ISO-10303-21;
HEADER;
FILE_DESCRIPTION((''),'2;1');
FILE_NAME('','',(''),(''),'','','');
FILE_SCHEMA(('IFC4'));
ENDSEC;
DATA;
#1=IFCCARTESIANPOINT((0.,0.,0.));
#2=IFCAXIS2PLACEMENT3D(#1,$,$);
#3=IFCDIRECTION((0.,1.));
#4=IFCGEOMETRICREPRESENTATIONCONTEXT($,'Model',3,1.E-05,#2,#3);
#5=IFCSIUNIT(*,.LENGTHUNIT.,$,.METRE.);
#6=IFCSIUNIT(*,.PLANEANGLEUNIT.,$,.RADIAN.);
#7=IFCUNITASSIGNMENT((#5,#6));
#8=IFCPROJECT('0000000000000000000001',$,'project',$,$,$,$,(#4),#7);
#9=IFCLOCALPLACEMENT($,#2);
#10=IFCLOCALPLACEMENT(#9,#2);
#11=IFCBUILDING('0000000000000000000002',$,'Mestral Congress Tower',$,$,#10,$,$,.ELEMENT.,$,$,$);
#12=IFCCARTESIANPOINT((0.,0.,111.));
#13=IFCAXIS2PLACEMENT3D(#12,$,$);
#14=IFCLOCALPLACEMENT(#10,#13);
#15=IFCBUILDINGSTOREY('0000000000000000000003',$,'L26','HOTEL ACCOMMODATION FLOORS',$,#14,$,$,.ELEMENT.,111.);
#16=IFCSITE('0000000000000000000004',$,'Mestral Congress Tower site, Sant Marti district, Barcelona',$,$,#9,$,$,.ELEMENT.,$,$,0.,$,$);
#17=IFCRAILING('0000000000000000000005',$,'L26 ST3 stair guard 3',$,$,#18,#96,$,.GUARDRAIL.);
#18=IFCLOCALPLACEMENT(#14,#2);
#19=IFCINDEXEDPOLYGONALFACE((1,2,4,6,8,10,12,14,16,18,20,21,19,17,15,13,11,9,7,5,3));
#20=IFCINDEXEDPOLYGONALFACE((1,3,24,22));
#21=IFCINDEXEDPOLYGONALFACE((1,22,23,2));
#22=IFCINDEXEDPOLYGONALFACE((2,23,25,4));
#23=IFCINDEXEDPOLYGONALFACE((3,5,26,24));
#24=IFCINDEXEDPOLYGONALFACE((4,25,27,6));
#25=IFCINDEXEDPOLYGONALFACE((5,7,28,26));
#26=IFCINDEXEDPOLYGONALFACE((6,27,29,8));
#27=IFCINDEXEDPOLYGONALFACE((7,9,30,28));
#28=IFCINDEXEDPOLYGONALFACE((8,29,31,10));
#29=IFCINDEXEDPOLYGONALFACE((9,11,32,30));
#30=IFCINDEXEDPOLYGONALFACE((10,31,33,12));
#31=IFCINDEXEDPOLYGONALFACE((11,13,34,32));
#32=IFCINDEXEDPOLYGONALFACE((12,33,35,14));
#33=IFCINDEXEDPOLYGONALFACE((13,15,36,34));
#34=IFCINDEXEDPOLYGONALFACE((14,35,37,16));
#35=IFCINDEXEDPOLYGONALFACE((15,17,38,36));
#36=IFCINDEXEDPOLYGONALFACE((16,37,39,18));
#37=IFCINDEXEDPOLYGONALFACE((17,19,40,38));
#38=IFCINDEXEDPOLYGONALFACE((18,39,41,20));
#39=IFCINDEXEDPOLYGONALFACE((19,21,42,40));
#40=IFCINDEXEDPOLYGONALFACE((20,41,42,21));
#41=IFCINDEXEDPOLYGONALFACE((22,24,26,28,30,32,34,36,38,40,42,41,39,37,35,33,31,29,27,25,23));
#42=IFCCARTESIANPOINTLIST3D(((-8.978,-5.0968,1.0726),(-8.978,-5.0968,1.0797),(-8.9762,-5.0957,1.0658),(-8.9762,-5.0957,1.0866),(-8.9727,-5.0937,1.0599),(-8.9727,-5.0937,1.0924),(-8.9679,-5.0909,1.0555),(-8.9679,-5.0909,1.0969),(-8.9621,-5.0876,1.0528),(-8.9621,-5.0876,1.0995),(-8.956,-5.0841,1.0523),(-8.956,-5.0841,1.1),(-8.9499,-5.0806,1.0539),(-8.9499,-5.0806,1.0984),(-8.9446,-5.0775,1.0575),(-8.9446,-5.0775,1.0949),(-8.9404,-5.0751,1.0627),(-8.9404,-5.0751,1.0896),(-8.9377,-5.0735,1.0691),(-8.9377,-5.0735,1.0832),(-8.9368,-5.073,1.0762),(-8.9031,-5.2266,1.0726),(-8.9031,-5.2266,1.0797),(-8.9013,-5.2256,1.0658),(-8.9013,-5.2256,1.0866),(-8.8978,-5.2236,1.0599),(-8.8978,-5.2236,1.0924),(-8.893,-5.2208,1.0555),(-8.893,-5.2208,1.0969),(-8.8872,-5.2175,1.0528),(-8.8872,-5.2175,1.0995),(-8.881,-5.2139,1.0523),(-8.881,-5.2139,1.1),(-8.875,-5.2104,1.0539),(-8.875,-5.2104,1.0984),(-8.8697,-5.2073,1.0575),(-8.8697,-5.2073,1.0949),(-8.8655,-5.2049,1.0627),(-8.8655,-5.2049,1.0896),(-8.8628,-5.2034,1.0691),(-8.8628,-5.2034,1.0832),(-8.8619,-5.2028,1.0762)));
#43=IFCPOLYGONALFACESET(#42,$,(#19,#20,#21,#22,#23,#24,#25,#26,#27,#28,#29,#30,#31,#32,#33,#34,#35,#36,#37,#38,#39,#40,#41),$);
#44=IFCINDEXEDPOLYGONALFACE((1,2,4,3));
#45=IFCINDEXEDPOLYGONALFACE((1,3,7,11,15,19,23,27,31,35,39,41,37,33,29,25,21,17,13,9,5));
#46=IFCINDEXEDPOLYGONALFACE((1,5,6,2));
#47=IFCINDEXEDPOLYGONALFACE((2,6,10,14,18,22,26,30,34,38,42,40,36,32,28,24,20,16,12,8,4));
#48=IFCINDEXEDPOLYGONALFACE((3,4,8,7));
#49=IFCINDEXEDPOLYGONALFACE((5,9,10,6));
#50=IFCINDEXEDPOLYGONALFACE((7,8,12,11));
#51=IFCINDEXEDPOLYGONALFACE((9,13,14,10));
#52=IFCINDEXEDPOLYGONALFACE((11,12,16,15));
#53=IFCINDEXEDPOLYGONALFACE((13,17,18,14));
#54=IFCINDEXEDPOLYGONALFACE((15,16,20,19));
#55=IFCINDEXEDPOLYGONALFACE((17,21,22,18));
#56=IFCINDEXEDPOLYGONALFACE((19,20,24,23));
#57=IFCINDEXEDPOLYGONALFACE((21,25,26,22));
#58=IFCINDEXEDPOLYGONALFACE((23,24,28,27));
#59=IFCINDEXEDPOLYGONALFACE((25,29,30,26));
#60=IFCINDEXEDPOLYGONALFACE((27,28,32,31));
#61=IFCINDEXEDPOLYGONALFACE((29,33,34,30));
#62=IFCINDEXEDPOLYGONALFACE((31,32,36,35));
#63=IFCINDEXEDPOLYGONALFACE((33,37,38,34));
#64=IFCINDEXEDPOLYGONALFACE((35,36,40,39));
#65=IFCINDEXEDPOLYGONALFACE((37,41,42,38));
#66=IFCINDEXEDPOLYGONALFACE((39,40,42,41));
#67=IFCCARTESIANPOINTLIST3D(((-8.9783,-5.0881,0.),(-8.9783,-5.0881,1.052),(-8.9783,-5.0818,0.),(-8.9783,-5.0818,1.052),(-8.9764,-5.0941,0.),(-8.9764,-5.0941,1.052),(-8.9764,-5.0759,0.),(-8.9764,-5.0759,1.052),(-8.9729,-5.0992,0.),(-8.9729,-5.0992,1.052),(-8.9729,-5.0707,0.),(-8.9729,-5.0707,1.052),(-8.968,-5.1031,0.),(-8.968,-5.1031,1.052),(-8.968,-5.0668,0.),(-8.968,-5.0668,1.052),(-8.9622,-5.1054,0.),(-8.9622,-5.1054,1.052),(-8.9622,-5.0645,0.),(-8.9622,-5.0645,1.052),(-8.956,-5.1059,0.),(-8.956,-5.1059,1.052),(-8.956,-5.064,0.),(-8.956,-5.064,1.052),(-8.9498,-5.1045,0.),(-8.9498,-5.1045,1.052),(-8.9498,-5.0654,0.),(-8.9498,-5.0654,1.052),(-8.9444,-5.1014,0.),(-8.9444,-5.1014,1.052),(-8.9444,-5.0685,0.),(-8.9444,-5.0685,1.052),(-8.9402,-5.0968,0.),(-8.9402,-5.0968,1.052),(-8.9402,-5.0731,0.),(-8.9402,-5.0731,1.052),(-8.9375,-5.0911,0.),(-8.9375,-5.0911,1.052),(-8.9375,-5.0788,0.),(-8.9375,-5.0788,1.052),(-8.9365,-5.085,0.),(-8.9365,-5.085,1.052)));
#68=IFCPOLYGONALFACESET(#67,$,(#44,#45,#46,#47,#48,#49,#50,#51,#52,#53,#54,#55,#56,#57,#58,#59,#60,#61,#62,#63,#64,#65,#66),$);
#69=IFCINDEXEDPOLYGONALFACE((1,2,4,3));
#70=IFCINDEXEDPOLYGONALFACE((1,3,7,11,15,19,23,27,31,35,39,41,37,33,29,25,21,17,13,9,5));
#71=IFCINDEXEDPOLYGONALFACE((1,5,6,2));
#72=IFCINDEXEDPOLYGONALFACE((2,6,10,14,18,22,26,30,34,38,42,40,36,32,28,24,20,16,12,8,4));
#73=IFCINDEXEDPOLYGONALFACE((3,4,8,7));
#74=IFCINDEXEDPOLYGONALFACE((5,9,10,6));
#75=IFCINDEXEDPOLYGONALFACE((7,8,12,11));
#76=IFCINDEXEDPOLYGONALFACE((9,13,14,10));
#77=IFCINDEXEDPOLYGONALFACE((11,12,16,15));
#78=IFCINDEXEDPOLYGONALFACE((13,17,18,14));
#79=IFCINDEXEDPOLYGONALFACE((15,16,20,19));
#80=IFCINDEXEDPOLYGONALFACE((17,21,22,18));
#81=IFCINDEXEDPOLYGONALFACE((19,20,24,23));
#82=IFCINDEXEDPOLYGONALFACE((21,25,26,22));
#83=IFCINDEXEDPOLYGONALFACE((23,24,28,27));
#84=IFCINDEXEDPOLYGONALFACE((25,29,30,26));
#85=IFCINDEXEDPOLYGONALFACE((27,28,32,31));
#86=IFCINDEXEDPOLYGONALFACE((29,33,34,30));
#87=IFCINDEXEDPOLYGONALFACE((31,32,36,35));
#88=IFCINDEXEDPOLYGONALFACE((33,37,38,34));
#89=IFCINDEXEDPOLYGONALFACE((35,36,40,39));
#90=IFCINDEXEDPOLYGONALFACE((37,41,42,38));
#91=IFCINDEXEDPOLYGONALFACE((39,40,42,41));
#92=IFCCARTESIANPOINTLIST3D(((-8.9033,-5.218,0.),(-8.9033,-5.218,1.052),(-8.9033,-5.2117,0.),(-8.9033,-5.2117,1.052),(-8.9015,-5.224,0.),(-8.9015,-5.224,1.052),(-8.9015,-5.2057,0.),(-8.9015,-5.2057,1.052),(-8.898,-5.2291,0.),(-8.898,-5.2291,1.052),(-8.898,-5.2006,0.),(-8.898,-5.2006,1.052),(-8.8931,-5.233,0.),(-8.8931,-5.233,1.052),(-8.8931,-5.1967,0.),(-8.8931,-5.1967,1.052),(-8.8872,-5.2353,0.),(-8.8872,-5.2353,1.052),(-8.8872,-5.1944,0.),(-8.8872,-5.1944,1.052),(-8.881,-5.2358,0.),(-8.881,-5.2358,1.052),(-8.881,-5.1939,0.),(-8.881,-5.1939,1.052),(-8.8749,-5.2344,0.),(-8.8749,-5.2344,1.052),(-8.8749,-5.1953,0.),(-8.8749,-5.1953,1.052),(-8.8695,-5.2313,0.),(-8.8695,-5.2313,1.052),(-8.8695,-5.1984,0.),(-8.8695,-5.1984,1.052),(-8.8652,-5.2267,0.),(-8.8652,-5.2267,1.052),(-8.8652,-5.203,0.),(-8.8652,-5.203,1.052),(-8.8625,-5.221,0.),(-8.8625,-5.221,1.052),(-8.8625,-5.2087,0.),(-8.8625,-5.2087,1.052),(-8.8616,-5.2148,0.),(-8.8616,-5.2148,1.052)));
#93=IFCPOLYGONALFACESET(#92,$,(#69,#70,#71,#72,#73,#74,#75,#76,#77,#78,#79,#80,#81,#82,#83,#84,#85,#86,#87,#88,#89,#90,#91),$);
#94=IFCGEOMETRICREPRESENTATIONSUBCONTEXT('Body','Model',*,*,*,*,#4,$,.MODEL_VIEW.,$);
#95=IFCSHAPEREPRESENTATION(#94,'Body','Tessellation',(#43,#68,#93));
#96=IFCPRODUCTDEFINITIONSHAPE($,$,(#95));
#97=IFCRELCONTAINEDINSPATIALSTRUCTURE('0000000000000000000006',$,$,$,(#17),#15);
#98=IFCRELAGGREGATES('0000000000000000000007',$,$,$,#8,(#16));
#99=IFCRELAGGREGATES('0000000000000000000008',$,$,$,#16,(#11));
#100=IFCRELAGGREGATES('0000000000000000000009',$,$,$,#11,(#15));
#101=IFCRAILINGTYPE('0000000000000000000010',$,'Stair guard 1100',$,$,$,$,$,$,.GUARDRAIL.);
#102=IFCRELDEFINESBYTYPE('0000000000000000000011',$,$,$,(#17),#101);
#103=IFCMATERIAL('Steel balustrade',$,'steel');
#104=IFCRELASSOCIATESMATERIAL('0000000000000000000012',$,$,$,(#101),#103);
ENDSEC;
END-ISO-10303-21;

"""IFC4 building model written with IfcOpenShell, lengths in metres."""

from ifc_helpers import new_model, si_unit, direction, frame, origin, origin_2d, place, context, subcontext, project, spatial, circle, extrude, material, type_object, element, save


model = new_model("IFC4")

# Units and contexts
model_context = context("Model", 3, precision=1e-05, world=origin(), true_north=direction((0.0, 1.0)))
body_context = subcontext(model_context, "Body", "Model", "MODEL_VIEW")
ifc_project = project(units=[si_unit("LENGTHUNIT", "METRE"), si_unit("PLANEANGLEUNIT", "RADIAN")], contexts=[model_context])

# Site, building, storey
site_placement = place(None, origin())
site = spatial("IfcSite", under=ifc_project, at=site_placement, Name="Mestral Congress Tower site, Sant Marti district, Barcelona", CompositionType="ELEMENT", RefElevation=0.0)
building_placement = place(site_placement, origin())
building = spatial("IfcBuilding", under=site, at=building_placement, Name="Mestral Congress Tower", CompositionType="ELEMENT")
storey_placement = place(building_placement, frame((0.0, 0.0, 111.0)))
storey = spatial("IfcBuildingStorey", under=building, at=storey_placement, Name="L26", Description="HOTEL ACCOMMODATION FLOORS", CompositionType="ELEMENT", Elevation=111.0)

# Railing
ifc_material_1 = material(Name="Steel balustrade", Category="steel")
railing_type_1 = type_object("IfcRailingType", Name="Stair guard 1100", PredefinedType="GUARDRAIL", material=ifc_material_1)
railing_1_placement = place(storey_placement, frame((-8.9575, -5.085, 0.0)))
element("IfcRailing", 1, at=railing_1_placement, inside=storey, type_object=railing_type_1, Name="L26 ST3 stair guard 3", PredefinedType="GUARDRAIL", context=body_context, shape_type="SweptSolid", body=[
    extrude(circle(Radius=0.0239, at=origin_2d()), frame((0.0, 0.0, 1.0762), z_axis=(0.499816, -0.866131, 0.0), x_axis=(0.866131, 0.499816, 0.0)), (0.0, 0.0, 1.0), 0.1499),
    extrude(circle(Radius=0.021, at=origin_2d()), origin(), (0.0, 0.0, 1.0), 1.052),
    extrude(circle(Radius=0.021, at=origin_2d()), frame((0.075, -0.1299, 0.0)), (0.0, 0.0, 1.0), 1.052),
])

save(model, "model.ifc")
